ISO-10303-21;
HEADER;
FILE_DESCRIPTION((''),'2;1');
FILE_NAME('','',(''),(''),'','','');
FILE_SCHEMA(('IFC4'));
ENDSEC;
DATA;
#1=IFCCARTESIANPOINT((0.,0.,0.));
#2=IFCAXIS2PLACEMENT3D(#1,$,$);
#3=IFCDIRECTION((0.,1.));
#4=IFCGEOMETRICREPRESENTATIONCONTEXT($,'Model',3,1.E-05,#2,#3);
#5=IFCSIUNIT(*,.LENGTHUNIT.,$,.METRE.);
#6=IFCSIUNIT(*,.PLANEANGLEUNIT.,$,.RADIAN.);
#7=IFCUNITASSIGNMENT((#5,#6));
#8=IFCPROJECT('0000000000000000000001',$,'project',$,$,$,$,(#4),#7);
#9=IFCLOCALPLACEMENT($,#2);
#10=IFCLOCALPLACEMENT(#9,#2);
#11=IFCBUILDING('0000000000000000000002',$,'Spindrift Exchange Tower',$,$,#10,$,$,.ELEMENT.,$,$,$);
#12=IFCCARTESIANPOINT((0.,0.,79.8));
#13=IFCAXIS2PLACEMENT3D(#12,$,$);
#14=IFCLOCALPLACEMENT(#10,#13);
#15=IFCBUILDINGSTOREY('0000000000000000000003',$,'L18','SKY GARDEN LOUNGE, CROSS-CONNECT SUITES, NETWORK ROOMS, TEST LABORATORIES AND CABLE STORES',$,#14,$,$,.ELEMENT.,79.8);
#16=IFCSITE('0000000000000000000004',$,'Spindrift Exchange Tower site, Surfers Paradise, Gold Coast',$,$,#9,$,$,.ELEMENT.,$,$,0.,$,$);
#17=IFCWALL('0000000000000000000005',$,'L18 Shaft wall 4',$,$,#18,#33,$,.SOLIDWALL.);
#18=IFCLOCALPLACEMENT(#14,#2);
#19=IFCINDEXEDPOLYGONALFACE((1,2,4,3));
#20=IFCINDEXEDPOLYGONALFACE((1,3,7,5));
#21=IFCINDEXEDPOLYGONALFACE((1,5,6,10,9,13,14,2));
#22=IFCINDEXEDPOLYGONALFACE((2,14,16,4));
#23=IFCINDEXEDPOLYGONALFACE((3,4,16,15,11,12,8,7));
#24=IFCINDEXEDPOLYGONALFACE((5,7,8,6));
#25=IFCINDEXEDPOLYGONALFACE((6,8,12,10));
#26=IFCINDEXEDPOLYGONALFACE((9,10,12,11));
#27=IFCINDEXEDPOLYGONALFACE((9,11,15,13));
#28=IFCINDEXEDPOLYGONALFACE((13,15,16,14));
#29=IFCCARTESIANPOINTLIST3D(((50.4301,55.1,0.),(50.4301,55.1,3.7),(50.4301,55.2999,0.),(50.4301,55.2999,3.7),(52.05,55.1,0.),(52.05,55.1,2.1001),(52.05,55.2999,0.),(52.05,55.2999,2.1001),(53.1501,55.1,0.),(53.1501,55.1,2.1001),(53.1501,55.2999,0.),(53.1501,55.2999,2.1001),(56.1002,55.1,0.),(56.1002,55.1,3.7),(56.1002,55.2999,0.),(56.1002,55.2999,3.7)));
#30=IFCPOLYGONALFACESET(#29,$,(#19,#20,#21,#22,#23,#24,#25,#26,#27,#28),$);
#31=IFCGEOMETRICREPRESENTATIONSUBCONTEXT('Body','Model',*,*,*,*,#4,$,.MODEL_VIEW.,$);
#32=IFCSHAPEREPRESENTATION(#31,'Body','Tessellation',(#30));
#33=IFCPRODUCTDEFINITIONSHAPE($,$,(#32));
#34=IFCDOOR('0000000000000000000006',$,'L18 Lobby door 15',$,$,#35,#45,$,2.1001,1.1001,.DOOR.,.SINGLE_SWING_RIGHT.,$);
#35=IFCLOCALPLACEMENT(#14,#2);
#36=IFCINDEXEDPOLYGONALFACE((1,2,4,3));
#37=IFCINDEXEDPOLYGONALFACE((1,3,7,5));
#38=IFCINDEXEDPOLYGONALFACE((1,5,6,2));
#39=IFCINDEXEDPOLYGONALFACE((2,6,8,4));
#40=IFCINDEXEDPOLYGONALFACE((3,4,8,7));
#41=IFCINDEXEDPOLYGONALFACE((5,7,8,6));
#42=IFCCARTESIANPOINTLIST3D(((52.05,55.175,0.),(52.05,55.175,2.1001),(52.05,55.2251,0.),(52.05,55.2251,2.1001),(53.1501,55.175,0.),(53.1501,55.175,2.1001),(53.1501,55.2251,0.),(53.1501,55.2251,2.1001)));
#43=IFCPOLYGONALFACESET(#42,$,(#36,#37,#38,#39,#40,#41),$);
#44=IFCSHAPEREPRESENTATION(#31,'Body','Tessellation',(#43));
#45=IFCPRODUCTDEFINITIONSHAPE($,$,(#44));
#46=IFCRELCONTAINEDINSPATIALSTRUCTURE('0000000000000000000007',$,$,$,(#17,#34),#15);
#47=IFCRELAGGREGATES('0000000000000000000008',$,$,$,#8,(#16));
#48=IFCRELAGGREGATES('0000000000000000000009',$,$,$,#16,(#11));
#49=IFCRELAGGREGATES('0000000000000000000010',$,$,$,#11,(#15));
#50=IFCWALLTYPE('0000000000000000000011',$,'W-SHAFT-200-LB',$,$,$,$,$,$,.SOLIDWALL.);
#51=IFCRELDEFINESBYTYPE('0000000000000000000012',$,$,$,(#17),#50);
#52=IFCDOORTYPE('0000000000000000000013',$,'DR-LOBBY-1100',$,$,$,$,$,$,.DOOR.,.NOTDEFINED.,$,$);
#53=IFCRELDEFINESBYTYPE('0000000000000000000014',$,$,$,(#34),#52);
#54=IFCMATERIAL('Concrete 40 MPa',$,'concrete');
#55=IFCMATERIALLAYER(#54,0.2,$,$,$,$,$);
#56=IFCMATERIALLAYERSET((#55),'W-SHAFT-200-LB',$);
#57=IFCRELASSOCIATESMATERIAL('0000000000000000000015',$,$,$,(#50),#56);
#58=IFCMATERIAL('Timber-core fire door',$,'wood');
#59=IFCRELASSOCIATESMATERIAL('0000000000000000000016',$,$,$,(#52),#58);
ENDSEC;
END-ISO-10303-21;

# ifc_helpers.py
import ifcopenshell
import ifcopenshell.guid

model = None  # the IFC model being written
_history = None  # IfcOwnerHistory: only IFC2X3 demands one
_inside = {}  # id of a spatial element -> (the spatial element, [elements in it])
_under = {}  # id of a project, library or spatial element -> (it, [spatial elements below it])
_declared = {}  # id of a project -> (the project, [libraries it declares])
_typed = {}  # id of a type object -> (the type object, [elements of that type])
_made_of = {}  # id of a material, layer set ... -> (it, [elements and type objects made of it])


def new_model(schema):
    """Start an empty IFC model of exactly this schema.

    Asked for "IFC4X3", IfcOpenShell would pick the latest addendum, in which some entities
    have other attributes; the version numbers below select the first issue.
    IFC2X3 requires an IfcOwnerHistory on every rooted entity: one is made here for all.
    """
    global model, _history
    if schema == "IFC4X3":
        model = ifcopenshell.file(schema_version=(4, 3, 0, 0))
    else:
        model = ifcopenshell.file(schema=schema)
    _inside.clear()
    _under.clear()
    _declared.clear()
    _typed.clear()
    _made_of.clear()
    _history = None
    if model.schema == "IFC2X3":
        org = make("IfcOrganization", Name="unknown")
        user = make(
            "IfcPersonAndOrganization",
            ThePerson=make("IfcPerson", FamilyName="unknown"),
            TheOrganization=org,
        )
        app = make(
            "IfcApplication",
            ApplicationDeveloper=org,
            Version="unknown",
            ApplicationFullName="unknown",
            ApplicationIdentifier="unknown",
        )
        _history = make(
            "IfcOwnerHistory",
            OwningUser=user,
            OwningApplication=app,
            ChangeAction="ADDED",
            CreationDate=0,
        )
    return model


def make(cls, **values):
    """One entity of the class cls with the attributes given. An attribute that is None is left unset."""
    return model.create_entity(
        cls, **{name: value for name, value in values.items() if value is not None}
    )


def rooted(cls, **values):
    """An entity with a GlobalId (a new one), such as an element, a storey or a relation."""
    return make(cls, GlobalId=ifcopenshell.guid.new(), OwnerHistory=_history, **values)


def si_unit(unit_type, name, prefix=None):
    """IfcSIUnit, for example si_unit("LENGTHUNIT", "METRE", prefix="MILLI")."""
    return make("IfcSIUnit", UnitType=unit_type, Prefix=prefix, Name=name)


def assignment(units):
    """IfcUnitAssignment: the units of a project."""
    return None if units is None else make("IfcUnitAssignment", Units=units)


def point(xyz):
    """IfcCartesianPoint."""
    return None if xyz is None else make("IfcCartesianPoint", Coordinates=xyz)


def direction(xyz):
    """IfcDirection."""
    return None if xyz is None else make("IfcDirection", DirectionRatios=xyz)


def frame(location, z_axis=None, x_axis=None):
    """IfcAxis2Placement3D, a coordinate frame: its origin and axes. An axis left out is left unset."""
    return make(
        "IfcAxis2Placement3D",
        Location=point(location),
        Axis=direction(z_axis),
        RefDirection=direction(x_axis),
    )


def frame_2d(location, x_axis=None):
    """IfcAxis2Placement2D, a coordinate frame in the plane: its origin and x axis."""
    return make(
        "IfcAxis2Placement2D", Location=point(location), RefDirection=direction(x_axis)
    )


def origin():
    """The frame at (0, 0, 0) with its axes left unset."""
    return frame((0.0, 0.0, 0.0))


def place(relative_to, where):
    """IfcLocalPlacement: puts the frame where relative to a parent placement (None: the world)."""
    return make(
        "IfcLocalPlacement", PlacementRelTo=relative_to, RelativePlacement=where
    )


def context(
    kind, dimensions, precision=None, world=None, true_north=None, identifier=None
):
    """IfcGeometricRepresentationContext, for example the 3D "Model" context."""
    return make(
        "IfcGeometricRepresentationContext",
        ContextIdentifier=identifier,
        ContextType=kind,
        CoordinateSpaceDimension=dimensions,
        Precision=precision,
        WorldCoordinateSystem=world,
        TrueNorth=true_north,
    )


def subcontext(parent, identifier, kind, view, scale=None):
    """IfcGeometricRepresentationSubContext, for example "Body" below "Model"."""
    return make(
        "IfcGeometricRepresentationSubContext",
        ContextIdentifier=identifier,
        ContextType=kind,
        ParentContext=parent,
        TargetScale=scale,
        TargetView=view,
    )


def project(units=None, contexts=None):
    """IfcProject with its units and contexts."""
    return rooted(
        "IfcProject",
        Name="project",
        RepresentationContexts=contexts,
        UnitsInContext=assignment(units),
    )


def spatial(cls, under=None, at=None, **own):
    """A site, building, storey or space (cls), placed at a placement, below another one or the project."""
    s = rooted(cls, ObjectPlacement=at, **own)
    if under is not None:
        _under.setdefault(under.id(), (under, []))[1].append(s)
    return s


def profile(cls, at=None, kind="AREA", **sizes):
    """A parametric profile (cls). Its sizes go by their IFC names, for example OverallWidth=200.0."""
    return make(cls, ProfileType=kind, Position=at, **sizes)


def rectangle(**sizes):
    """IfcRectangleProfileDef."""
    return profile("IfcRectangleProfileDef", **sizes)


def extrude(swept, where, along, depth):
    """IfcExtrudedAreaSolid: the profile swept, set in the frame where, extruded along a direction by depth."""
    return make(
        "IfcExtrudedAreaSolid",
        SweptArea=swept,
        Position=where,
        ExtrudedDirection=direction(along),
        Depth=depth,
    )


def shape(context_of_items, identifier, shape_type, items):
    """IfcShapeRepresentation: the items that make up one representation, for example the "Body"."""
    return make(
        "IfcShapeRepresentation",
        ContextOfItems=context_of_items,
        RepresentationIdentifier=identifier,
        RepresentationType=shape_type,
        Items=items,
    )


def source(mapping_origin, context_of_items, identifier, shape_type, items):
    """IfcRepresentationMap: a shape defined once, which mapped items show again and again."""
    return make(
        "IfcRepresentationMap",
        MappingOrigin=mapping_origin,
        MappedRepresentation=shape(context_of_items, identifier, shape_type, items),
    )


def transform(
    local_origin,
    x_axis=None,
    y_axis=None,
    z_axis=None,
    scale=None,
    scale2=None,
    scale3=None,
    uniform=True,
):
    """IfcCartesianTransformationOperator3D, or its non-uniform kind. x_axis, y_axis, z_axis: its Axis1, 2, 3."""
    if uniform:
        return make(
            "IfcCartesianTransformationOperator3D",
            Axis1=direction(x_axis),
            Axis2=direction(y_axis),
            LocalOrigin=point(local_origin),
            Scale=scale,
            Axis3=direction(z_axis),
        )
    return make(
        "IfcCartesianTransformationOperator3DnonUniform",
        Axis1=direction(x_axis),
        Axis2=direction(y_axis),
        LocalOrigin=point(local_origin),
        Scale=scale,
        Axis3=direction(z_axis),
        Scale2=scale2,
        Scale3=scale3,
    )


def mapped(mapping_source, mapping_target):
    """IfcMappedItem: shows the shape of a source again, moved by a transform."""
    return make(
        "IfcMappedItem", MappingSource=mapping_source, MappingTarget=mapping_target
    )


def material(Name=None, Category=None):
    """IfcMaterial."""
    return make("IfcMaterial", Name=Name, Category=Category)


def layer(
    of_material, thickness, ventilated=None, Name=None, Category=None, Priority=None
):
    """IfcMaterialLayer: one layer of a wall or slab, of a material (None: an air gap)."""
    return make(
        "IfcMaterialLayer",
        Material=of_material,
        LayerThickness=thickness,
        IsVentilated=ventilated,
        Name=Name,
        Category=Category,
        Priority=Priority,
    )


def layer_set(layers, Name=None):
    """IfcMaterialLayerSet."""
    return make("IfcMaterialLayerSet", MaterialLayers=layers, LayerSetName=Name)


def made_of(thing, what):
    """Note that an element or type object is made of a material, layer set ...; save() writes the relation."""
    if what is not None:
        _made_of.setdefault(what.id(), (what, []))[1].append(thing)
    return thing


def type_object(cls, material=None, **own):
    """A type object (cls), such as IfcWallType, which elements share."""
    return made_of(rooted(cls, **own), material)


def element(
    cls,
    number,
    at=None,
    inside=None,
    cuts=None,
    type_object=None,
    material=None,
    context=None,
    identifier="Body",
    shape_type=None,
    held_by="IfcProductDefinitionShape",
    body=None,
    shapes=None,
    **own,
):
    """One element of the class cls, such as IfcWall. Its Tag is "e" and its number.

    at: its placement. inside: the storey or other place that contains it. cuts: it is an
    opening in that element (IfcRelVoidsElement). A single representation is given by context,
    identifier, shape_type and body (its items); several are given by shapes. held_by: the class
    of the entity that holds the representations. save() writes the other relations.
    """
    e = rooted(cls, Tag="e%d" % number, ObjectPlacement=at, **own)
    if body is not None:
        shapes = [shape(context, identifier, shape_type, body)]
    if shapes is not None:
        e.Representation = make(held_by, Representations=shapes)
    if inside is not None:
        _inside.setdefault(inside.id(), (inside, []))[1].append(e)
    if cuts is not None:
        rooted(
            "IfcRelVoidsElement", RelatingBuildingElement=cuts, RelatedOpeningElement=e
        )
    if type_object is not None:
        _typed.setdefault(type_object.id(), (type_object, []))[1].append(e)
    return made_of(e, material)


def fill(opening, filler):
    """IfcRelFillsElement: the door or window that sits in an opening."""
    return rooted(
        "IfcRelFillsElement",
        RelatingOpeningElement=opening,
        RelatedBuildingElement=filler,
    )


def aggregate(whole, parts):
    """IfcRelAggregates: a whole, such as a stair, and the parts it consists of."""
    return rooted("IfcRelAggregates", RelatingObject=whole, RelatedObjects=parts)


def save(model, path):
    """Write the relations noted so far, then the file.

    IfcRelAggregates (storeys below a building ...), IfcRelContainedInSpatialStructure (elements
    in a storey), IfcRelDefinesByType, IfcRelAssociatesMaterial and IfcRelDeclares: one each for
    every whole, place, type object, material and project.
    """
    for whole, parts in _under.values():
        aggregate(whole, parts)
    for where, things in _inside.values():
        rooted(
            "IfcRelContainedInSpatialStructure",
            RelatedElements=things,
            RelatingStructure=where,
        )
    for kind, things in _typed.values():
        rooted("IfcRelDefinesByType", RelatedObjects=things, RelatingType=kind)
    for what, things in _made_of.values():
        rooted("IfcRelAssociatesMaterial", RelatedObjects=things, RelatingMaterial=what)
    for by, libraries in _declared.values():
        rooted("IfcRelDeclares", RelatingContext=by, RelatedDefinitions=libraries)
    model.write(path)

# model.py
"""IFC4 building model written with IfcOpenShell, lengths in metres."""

from ifc_helpers import new_model, si_unit, direction, frame, frame_2d, origin, place, context, subcontext, project, spatial, rectangle, extrude, source, transform, mapped, material, layer, layer_set, type_object, element, fill, save


model = new_model("IFC4")

# Units and contexts
model_context = context("Model", 3, precision=1e-05, world=origin(), true_north=direction((0.0, 1.0)))
body_context = subcontext(model_context, "Body", "Model", "MODEL_VIEW")
ifc_project = project(units=[si_unit("LENGTHUNIT", "METRE"), si_unit("PLANEANGLEUNIT", "RADIAN")], contexts=[model_context])

# Site, building, storey
site_placement = place(None, origin())
site = spatial("IfcSite", under=ifc_project, at=site_placement, Name="Spindrift Exchange Tower site, Surfers Paradise, Gold Coast", CompositionType="ELEMENT", RefElevation=0.0)
building_placement = place(site_placement, origin())
building = spatial("IfcBuilding", under=site, at=building_placement, Name="Spindrift Exchange Tower", CompositionType="ELEMENT")
storey_placement = place(building_placement, frame((0.0, 0.0, 79.8)))
storey = spatial("IfcBuildingStorey", under=building, at=storey_placement, Name="L18", Description="SKY GARDEN LOUNGE, CROSS-CONNECT SUITES, NETWORK ROOMS, TEST LABORATORIES AND CABLE STORES", CompositionType="ELEMENT", Elevation=79.8)

# Shared definitions
ifc_material_1 = material(Name="Concrete 40 MPa", Category="concrete")

# Wall, opening, door
ifc_layer_1 = layer(ifc_material_1, 0.2)
ifc_layer_set_1 = layer_set([ifc_layer_1], Name="W-SHAFT-200-LB")
wall_type_1 = type_object("IfcWallType", Name="W-SHAFT-200-LB", PredefinedType="SOLIDWALL", material=ifc_layer_set_1)
wall_1_placement = place(storey_placement, frame((56.1001, 55.2, 0.0), z_axis=(0.0, 0.0, 1.0), x_axis=(-1.0, 0.0, 0.0)))
wall_1 = element("IfcWall", 1, at=wall_1_placement, inside=storey, type_object=wall_type_1, Name="L18 Shaft wall 4", PredefinedType="SOLIDWALL", context=body_context, shape_type="SweptSolid", body=[
    extrude(rectangle(XDim=5.6702, YDim=0.2, at=frame_2d((2.835, 0.0))), origin(), (0.0, 0.0, 1.0), 3.7),
])
opening_1_placement = place(wall_1_placement, frame((2.95, 0.0, 0.0)))
opening_1 = element("IfcOpeningElement", 2, at=opening_1_placement, cuts=wall_1, PredefinedType="OPENING", context=body_context, shape_type="SweptSolid", body=[
    extrude(rectangle(XDim=1.1001, YDim=2.1001, at=frame_2d((0.55, 1.05))), frame((0.0, 0.1099, 0.0), z_axis=(0.0, -1.0, 0.0), x_axis=(1.0, 0.0, 0.0)), (0.0, 0.0, 1.0), 0.22),
])
ifc_material_2 = material(Name="Timber-core fire door", Category="wood")
door_type_1 = type_object("IfcDoorType", Name="DR-LOBBY-1100", OperationType="NOTDEFINED", PredefinedType="DOOR", material=ifc_material_2)
shared_shape_1 = source(origin(), body_context, "Body", "SweptSolid", [
    extrude(rectangle(XDim=1.1001, YDim=2.1001, at=frame_2d((0.55, 1.05))), frame((0.0, 0.0249, 0.0), z_axis=(0.0, -1.0, 0.0), x_axis=(1.0, 0.0, 0.0)), (0.0, 0.0, 1.0), 0.05),
])
door_1_placement = place(opening_1_placement, origin())
door_1 = element("IfcDoor", 3, at=door_1_placement, inside=storey, type_object=door_type_1, Name="L18 Lobby door 15", OperationType="SINGLE_SWING_RIGHT", OverallHeight=2.1001, OverallWidth=1.1001, PredefinedType="DOOR", context=body_context, shape_type="MappedRepresentation", body=[
    mapped(shared_shape_1, transform((0.0, 0.0, 0.0), scale=1.0)),
])
fill(opening_1, door_1)

save(model, "model.ifc")
